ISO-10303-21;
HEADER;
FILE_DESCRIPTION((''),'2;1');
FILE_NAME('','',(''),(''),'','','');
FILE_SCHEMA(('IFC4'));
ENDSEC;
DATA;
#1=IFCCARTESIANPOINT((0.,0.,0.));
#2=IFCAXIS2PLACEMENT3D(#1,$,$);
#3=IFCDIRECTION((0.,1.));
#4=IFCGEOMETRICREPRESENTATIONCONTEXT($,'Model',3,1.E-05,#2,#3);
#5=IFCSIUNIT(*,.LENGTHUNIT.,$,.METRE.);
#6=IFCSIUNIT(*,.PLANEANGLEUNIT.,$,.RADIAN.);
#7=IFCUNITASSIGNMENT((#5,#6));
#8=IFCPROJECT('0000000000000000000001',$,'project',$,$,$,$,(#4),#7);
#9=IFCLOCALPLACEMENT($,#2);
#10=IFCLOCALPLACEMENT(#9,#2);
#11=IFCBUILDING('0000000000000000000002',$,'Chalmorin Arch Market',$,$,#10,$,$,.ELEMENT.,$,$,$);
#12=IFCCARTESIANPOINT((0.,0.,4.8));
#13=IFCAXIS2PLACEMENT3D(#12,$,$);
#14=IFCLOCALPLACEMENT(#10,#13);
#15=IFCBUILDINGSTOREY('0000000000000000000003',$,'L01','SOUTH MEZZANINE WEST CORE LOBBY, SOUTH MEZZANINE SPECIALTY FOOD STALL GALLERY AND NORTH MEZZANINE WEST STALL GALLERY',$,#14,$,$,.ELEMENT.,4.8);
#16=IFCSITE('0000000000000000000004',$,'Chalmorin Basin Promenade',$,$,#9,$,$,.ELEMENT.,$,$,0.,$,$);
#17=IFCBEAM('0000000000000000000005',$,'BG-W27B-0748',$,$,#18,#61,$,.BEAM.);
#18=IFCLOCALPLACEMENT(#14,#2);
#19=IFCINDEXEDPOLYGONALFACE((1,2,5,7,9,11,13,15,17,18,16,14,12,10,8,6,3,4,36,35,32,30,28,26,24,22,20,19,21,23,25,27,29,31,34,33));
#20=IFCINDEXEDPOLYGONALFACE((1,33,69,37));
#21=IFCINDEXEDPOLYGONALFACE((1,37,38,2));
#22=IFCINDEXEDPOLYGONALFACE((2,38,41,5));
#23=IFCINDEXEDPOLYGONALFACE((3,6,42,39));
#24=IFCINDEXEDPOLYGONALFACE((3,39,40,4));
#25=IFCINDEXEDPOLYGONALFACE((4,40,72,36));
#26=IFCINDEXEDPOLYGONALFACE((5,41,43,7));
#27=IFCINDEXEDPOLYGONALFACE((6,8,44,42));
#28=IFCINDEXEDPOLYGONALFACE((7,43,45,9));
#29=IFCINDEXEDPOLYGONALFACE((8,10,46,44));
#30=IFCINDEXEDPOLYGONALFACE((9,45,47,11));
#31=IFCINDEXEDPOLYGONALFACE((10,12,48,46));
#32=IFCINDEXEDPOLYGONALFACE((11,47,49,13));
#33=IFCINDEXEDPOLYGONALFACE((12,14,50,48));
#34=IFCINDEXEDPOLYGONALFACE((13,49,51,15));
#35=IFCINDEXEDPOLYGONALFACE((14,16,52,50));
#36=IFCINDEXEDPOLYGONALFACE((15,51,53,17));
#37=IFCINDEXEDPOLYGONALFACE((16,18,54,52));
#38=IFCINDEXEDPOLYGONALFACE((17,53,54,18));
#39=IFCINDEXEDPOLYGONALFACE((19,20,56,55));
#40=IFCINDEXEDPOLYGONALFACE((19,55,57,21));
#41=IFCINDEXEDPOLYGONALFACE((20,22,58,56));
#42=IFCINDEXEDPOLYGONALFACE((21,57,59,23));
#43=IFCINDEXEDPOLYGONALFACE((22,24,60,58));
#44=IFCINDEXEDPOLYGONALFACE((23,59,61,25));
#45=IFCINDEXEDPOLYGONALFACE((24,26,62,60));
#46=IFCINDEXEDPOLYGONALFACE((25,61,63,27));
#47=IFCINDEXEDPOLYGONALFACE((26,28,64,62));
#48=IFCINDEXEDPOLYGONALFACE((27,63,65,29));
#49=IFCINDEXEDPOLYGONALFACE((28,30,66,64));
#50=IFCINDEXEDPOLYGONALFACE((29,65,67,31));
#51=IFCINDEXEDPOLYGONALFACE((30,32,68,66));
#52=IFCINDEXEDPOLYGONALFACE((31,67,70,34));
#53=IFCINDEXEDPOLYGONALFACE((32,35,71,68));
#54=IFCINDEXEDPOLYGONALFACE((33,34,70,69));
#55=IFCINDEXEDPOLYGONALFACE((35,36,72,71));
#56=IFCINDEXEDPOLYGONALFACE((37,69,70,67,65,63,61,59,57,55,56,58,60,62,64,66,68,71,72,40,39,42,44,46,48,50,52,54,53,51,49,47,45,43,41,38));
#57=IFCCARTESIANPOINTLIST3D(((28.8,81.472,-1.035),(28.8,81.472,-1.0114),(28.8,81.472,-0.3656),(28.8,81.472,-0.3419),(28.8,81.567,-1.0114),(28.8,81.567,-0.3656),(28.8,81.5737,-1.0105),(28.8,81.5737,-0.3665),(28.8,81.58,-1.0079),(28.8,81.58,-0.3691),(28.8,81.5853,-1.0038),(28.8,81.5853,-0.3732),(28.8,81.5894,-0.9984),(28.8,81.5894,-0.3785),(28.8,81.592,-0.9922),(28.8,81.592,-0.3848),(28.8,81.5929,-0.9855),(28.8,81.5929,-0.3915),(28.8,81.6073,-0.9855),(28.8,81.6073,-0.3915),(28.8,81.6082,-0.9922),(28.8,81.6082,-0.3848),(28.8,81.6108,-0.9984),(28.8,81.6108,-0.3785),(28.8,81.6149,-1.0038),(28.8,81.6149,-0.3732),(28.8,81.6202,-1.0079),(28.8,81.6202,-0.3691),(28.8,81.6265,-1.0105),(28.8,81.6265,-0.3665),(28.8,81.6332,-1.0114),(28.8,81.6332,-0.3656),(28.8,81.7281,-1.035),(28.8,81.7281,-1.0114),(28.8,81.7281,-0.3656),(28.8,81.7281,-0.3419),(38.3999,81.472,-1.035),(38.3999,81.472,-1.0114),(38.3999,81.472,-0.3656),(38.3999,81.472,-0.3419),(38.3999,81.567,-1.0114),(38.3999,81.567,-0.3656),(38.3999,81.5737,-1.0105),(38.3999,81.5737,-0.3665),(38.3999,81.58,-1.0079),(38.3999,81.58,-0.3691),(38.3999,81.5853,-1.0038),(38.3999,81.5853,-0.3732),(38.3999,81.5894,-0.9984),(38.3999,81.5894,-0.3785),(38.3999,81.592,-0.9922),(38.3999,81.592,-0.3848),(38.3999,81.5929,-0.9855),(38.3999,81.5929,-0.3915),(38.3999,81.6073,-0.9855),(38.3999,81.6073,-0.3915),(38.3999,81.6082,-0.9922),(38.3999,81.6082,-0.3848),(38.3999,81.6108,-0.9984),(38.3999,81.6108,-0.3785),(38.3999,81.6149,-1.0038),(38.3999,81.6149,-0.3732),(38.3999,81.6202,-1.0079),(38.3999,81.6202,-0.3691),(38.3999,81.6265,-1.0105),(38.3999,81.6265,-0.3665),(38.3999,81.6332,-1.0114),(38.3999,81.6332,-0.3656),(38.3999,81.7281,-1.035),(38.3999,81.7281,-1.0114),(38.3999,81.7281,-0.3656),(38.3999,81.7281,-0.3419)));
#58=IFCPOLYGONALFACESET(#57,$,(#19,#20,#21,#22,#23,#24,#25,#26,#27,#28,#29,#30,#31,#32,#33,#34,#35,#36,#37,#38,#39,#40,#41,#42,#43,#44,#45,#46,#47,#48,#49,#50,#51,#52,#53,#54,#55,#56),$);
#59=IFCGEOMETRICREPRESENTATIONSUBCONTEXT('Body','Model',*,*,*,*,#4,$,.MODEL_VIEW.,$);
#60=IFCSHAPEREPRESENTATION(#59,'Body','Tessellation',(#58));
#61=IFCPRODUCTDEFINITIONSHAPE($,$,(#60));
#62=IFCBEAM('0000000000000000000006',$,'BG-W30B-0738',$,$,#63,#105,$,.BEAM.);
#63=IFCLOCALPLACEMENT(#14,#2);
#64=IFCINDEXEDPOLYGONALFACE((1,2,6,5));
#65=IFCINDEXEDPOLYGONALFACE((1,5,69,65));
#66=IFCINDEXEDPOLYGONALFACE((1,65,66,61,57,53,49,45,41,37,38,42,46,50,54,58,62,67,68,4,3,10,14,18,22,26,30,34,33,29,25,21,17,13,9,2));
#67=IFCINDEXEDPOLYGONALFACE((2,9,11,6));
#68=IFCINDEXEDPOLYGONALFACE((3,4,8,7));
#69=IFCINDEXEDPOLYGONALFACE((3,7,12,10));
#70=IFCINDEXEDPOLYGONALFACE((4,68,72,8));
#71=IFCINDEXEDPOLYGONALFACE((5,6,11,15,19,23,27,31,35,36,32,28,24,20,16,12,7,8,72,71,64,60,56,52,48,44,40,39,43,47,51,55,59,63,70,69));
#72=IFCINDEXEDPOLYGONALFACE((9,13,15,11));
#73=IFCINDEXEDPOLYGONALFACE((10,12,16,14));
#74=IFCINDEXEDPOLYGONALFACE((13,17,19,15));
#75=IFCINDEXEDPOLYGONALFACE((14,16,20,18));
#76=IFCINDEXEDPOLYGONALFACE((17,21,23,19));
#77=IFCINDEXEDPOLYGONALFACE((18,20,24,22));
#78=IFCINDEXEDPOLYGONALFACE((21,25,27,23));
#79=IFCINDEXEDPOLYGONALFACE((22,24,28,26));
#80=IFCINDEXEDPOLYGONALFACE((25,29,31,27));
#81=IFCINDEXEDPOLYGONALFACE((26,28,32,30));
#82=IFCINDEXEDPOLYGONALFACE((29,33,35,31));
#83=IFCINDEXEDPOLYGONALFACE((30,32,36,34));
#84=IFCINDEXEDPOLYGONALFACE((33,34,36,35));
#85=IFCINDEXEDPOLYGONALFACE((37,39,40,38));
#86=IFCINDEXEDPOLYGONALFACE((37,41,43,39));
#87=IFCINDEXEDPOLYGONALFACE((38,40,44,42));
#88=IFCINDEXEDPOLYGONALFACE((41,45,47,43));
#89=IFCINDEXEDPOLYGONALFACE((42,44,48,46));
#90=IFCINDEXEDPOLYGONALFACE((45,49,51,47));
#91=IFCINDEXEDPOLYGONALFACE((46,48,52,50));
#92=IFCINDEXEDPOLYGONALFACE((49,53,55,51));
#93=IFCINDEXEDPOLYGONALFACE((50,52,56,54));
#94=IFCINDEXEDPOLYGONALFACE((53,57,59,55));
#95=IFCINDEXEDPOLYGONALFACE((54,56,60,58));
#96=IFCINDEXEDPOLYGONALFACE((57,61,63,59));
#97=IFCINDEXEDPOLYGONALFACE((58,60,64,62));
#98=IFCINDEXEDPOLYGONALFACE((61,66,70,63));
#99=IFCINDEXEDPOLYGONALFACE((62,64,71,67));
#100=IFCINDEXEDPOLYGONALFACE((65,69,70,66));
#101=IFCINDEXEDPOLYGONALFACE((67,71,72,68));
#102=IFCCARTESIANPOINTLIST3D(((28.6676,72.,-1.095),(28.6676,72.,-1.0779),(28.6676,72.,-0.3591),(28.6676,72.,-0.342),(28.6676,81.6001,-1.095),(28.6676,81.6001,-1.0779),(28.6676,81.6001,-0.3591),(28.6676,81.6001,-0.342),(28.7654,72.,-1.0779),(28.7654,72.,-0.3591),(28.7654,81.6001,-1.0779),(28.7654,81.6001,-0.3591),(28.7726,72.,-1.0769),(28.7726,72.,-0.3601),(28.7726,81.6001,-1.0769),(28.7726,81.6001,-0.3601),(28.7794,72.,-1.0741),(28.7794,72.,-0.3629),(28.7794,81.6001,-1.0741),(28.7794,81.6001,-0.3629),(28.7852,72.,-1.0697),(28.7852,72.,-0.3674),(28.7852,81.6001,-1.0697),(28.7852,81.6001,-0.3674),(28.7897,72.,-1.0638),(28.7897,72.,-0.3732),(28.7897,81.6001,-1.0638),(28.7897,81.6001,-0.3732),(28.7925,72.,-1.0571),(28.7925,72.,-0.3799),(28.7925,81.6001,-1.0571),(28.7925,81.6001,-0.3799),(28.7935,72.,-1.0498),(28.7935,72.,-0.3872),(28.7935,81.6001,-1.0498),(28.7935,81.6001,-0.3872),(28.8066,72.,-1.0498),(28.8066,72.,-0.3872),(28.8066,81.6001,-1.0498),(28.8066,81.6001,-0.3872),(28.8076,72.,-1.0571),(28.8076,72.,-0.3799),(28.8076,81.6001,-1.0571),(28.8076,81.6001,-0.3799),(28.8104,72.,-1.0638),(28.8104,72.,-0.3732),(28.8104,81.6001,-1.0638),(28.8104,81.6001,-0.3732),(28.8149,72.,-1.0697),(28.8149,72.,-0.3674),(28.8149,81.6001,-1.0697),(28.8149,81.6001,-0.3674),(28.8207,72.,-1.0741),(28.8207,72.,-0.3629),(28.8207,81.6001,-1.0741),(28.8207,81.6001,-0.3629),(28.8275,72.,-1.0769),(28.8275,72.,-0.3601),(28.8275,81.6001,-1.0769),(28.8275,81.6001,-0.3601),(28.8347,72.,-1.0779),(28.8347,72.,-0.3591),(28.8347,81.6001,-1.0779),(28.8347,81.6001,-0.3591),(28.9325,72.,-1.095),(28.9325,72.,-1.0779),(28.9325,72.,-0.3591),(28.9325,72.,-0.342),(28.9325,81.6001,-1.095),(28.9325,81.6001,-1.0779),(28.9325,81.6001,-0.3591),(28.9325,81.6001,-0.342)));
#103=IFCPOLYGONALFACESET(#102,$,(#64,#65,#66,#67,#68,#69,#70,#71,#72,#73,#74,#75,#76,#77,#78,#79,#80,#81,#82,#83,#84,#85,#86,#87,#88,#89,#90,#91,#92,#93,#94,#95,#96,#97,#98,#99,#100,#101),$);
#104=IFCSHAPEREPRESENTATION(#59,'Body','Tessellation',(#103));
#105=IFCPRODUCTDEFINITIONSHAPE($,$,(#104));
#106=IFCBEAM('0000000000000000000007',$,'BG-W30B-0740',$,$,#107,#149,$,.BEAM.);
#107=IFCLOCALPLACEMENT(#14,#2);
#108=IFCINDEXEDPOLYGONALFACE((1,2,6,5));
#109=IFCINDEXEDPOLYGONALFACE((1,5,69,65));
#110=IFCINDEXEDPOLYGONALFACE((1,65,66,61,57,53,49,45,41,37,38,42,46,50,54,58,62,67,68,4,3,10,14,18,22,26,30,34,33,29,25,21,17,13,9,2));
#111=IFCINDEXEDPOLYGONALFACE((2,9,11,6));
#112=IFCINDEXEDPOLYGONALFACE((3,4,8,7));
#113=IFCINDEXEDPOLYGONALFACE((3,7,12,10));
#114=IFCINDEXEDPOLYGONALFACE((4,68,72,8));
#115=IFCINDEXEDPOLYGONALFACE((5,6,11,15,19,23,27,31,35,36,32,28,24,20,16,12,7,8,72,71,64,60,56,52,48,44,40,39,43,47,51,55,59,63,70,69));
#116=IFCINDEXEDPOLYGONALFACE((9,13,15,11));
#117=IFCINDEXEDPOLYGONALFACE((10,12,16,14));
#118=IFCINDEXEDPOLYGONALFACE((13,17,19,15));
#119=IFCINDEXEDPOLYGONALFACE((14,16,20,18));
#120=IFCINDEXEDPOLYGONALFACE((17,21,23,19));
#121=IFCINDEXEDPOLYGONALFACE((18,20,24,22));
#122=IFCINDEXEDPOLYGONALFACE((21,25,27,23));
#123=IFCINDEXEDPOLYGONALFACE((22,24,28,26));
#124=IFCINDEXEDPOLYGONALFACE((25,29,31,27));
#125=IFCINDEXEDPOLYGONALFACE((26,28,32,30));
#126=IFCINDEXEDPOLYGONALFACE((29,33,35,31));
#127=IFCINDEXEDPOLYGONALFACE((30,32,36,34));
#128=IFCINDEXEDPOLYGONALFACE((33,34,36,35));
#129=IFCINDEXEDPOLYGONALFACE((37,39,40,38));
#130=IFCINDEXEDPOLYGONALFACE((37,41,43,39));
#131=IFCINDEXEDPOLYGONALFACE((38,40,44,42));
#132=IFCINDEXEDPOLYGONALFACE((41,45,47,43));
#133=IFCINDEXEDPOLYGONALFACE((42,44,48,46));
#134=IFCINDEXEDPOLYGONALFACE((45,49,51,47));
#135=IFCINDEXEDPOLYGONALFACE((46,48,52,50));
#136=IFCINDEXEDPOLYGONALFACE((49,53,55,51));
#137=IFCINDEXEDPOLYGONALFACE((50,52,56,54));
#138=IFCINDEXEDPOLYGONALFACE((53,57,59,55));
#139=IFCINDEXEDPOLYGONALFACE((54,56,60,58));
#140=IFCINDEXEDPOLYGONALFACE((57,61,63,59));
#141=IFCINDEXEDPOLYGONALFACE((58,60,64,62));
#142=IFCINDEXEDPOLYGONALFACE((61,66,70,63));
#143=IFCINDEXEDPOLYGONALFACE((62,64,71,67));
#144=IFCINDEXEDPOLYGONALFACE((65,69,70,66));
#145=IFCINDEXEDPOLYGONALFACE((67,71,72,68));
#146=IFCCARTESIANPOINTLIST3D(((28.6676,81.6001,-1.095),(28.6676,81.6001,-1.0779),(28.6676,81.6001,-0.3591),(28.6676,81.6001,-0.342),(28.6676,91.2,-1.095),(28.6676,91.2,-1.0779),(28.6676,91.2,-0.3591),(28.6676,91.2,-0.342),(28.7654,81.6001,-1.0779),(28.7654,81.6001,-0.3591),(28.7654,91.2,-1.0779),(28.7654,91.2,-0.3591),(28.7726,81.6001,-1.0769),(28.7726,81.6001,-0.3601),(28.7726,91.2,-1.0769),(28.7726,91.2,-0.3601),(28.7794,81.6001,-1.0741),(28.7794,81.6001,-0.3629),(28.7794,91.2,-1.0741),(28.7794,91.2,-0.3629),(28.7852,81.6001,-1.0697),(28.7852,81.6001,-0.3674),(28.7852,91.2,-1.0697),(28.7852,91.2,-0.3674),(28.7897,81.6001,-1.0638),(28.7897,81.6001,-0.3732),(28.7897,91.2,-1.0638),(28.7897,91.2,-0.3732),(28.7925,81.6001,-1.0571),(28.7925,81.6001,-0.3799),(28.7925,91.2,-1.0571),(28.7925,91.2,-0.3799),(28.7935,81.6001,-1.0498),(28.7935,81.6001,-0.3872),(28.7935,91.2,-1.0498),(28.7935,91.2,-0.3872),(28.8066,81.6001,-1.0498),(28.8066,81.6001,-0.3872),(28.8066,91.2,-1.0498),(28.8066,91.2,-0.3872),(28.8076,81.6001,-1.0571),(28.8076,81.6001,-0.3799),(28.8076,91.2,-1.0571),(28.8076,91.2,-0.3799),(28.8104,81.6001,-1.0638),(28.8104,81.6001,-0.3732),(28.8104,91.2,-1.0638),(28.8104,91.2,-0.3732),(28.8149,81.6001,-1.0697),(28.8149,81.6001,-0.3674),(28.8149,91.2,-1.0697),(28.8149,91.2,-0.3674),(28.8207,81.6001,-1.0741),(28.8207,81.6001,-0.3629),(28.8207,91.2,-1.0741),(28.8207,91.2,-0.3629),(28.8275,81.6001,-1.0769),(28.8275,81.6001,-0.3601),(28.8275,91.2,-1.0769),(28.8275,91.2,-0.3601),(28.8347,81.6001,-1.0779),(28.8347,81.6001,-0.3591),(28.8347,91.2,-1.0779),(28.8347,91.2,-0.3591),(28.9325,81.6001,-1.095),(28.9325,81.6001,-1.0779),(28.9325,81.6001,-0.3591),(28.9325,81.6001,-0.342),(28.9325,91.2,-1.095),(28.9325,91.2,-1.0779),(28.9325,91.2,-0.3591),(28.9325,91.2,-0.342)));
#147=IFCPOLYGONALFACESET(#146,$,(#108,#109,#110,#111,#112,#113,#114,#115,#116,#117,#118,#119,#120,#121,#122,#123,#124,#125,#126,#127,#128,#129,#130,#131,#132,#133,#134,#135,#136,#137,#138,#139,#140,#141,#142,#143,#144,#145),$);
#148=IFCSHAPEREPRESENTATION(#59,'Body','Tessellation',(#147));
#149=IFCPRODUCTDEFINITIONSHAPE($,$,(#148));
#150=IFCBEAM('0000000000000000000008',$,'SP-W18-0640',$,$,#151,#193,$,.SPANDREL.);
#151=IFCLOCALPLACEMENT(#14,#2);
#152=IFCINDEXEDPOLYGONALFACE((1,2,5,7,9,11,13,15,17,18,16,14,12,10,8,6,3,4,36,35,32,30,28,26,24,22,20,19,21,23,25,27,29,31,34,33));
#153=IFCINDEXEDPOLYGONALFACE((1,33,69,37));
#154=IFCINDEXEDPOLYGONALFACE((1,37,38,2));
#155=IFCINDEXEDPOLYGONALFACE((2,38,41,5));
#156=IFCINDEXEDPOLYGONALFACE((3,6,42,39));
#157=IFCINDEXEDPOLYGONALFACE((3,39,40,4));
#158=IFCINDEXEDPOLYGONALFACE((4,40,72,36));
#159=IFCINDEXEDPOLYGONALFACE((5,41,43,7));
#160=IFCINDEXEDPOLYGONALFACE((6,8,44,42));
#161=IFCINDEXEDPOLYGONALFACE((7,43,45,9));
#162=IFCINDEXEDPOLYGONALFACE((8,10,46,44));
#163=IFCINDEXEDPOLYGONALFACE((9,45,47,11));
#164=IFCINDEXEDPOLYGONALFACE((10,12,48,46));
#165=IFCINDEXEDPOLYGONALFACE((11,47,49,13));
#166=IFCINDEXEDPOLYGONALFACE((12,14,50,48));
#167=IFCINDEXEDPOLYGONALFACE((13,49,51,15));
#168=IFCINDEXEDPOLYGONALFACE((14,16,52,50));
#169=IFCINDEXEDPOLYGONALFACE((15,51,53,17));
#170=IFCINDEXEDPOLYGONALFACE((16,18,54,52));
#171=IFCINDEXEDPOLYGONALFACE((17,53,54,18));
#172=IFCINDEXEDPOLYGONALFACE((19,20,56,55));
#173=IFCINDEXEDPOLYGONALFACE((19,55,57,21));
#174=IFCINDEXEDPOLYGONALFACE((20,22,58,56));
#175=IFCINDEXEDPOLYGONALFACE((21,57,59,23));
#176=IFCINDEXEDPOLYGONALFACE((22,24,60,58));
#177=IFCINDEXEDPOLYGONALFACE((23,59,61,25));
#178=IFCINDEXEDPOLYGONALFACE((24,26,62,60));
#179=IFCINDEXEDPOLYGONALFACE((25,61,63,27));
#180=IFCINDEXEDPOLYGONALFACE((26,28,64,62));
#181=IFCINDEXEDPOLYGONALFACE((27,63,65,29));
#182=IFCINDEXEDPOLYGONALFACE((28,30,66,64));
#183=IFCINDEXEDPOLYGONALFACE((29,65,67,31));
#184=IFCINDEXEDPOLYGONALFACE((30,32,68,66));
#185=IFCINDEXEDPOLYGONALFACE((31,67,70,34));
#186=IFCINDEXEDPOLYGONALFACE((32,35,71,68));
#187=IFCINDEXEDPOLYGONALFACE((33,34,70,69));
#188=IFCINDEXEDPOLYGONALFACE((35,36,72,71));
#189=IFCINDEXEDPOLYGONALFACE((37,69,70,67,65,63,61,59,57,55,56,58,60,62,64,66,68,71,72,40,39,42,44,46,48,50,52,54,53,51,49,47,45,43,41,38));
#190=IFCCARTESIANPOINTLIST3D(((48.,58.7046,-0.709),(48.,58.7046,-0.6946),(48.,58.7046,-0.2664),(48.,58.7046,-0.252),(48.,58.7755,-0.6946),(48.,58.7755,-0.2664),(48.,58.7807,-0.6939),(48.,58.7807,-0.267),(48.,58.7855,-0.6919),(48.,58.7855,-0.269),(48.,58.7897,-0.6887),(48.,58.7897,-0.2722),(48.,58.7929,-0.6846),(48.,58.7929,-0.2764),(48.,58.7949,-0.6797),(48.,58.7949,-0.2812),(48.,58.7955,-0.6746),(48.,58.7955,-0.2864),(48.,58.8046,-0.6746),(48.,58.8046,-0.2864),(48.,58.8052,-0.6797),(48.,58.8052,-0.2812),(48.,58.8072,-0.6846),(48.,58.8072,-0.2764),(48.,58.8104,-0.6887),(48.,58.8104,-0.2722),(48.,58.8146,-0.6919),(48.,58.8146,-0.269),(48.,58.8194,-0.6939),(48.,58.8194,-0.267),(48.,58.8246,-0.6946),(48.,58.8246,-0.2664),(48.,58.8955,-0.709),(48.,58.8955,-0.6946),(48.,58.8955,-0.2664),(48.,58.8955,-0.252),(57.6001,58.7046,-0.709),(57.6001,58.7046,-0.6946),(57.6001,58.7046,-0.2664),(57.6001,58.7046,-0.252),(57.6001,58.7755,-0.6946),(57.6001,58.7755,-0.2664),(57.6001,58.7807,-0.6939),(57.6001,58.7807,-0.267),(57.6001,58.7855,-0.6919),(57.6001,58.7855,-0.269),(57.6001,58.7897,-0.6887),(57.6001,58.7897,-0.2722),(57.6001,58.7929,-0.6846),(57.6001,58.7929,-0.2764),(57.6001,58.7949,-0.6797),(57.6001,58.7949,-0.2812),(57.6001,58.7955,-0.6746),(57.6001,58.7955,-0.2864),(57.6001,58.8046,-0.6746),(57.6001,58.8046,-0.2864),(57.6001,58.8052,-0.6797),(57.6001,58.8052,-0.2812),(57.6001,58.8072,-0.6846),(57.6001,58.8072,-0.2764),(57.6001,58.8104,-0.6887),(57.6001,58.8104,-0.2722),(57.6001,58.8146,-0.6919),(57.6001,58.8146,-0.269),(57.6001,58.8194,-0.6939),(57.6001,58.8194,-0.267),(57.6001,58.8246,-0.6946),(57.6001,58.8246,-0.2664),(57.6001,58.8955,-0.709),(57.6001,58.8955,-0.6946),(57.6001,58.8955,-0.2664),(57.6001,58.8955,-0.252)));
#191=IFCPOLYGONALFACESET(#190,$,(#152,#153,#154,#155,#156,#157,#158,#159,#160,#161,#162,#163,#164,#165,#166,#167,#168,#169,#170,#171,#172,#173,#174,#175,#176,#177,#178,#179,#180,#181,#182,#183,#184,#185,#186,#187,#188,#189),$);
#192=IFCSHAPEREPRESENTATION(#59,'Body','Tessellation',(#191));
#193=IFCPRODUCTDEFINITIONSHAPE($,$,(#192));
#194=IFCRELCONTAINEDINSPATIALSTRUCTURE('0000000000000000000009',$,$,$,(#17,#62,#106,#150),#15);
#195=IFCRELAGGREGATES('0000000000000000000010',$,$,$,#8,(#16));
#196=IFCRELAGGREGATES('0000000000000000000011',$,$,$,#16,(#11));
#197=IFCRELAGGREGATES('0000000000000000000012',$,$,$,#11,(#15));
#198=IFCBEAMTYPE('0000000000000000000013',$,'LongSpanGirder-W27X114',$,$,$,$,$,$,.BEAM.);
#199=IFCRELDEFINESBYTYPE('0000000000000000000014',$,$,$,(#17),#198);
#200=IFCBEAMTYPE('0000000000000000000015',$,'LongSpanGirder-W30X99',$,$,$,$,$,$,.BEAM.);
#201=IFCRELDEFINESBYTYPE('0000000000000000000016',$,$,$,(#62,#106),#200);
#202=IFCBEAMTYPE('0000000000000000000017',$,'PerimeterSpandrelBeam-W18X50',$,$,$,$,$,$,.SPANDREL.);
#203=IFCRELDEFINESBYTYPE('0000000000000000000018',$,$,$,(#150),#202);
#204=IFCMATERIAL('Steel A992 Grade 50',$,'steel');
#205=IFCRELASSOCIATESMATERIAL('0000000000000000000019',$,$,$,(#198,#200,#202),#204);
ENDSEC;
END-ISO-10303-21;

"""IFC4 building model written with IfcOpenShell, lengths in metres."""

from ifc_helpers import new_model, si_unit, direction, frame, origin, origin_2d, place, context, subcontext, project, spatial, i_section, extrude, material, material_profile, profile_set, type_object, element, save


model = new_model("IFC4")

# Units and contexts
model_context = context("Model", 3, precision=1e-05, world=origin(), true_north=direction((0.0, 1.0)))
body_context = subcontext(model_context, "Body", "Model", "MODEL_VIEW")
ifc_project = project(units=[si_unit("LENGTHUNIT", "METRE"), si_unit("PLANEANGLEUNIT", "RADIAN")], contexts=[model_context])

# Site, building, storey
site_placement = place(None, origin())
site = spatial("IfcSite", under=ifc_project, at=site_placement, Name="Chalmorin Basin Promenade", CompositionType="ELEMENT", RefElevation=0.0)
building_placement = place(site_placement, origin())
building = spatial("IfcBuilding", under=site, at=building_placement, Name="Chalmorin Arch Market", CompositionType="ELEMENT")
storey_placement = place(building_placement, frame((0.0, 0.0, 4.8)))
storey = spatial("IfcBuildingStorey", under=building, at=storey_placement, Name="L01", Description="SOUTH MEZZANINE WEST CORE LOBBY, SOUTH MEZZANINE SPECIALTY FOOD STALL GALLERY AND NORTH MEZZANINE WEST STALL GALLERY", CompositionType="ELEMENT", Elevation=4.8)

# Beams
ifc_material_1 = material(Name="Steel A992 Grade 50", Category="steel")
ifc_material_profile_1 = material_profile(ifc_material_1, i_section(OverallWidth=0.2561, OverallDepth=0.6931, WebThickness=0.0144, FlangeThickness=0.0237, FilletRadius=0.0259, at=origin_2d()), Name="W27X114")
ifc_profile_set_1 = profile_set([ifc_material_profile_1], Name="Steel A992 Grade 50")
beam_type_1 = type_object("IfcBeamType", Name="LongSpanGirder-W27X114", PredefinedType="BEAM", material=ifc_profile_set_1)
beam_1_placement = place(storey_placement, frame((28.8, 81.6001, -0.6885), z_axis=(1.0, 0.0, 0.0), x_axis=(0.0, 1.0, 0.0)))
element("IfcBeam", 1, at=beam_1_placement, inside=storey, type_object=beam_type_1, Name="BG-W27B-0748", PredefinedType="BEAM", context=body_context, shape_type="SweptSolid", body=[
    extrude(i_section(OverallWidth=0.2561, OverallDepth=0.6931, WebThickness=0.0144, FlangeThickness=0.0237, FilletRadius=0.0259, at=origin_2d()), origin(), (0.0, 0.0, 1.0), 9.5999),
])
ifc_material_profile_2 = material_profile(ifc_material_1, i_section(OverallWidth=0.2649, OverallDepth=0.7529, WebThickness=0.0132, FlangeThickness=0.0171, FilletRadius=0.0281, at=origin_2d()), Name="W30X99")
ifc_profile_set_2 = profile_set([ifc_material_profile_2], Name="Steel A992 Grade 50")
beam_type_2 = type_object("IfcBeamType", Name="LongSpanGirder-W30X99", PredefinedType="BEAM", material=ifc_profile_set_2)
beam_2_placement = place(storey_placement, frame((28.8, 72.0, -0.7185), z_axis=(0.0, 1.0, 0.0), x_axis=(-1.0, 0.0, 0.0)))
element("IfcBeam", 2, at=beam_2_placement, inside=storey, type_object=beam_type_2, Name="BG-W30B-0738", PredefinedType="BEAM", context=body_context, shape_type="SweptSolid", body=[
    extrude(i_section(OverallWidth=0.2649, OverallDepth=0.7529, WebThickness=0.0132, FlangeThickness=0.0171, FilletRadius=0.0281, at=origin_2d()), origin(), (0.0, 0.0, 1.0), 9.6001),
])
beam_3_placement = place(storey_placement, frame((28.8, 81.6001, -0.7185), z_axis=(0.0, 1.0, 0.0), x_axis=(-1.0, 0.0, 0.0)))
element("IfcBeam", 3, at=beam_3_placement, inside=storey, type_object=beam_type_2, Name="BG-W30B-0740", PredefinedType="BEAM", context=body_context, shape_type="SweptSolid", body=[
    extrude(i_section(OverallWidth=0.2649, OverallDepth=0.7529, WebThickness=0.0132, FlangeThickness=0.0171, FilletRadius=0.0281, at=origin_2d()), origin(), (0.0, 0.0, 1.0), 9.5999),
])
ifc_material_profile_3 = material_profile(ifc_material_1, i_section(OverallWidth=0.1909, OverallDepth=0.457, WebThickness=0.009, FlangeThickness=0.0144, FilletRadius=0.02, at=origin_2d()), Name="W18X50")
ifc_profile_set_3 = profile_set([ifc_material_profile_3], Name="Steel A992 Grade 50")
beam_type_3 = type_object("IfcBeamType", Name="PerimeterSpandrelBeam-W18X50", PredefinedType="SPANDREL", material=ifc_profile_set_3)
beam_4_placement = place(storey_placement, frame((48.0, 58.8, -0.4805), z_axis=(1.0, 0.0, 0.0), x_axis=(0.0, 1.0, 0.0)))
element("IfcBeam", 4, at=beam_4_placement, inside=storey, type_object=beam_type_3, Name="SP-W18-0640", PredefinedType="SPANDREL", context=body_context, shape_type="SweptSolid", body=[
    extrude(i_section(OverallWidth=0.1909, OverallDepth=0.457, WebThickness=0.009, FlangeThickness=0.0144, FilletRadius=0.02, at=origin_2d()), origin(), (0.0, 0.0, 1.0), 9.6001),
])

save(model, "model.ifc")
